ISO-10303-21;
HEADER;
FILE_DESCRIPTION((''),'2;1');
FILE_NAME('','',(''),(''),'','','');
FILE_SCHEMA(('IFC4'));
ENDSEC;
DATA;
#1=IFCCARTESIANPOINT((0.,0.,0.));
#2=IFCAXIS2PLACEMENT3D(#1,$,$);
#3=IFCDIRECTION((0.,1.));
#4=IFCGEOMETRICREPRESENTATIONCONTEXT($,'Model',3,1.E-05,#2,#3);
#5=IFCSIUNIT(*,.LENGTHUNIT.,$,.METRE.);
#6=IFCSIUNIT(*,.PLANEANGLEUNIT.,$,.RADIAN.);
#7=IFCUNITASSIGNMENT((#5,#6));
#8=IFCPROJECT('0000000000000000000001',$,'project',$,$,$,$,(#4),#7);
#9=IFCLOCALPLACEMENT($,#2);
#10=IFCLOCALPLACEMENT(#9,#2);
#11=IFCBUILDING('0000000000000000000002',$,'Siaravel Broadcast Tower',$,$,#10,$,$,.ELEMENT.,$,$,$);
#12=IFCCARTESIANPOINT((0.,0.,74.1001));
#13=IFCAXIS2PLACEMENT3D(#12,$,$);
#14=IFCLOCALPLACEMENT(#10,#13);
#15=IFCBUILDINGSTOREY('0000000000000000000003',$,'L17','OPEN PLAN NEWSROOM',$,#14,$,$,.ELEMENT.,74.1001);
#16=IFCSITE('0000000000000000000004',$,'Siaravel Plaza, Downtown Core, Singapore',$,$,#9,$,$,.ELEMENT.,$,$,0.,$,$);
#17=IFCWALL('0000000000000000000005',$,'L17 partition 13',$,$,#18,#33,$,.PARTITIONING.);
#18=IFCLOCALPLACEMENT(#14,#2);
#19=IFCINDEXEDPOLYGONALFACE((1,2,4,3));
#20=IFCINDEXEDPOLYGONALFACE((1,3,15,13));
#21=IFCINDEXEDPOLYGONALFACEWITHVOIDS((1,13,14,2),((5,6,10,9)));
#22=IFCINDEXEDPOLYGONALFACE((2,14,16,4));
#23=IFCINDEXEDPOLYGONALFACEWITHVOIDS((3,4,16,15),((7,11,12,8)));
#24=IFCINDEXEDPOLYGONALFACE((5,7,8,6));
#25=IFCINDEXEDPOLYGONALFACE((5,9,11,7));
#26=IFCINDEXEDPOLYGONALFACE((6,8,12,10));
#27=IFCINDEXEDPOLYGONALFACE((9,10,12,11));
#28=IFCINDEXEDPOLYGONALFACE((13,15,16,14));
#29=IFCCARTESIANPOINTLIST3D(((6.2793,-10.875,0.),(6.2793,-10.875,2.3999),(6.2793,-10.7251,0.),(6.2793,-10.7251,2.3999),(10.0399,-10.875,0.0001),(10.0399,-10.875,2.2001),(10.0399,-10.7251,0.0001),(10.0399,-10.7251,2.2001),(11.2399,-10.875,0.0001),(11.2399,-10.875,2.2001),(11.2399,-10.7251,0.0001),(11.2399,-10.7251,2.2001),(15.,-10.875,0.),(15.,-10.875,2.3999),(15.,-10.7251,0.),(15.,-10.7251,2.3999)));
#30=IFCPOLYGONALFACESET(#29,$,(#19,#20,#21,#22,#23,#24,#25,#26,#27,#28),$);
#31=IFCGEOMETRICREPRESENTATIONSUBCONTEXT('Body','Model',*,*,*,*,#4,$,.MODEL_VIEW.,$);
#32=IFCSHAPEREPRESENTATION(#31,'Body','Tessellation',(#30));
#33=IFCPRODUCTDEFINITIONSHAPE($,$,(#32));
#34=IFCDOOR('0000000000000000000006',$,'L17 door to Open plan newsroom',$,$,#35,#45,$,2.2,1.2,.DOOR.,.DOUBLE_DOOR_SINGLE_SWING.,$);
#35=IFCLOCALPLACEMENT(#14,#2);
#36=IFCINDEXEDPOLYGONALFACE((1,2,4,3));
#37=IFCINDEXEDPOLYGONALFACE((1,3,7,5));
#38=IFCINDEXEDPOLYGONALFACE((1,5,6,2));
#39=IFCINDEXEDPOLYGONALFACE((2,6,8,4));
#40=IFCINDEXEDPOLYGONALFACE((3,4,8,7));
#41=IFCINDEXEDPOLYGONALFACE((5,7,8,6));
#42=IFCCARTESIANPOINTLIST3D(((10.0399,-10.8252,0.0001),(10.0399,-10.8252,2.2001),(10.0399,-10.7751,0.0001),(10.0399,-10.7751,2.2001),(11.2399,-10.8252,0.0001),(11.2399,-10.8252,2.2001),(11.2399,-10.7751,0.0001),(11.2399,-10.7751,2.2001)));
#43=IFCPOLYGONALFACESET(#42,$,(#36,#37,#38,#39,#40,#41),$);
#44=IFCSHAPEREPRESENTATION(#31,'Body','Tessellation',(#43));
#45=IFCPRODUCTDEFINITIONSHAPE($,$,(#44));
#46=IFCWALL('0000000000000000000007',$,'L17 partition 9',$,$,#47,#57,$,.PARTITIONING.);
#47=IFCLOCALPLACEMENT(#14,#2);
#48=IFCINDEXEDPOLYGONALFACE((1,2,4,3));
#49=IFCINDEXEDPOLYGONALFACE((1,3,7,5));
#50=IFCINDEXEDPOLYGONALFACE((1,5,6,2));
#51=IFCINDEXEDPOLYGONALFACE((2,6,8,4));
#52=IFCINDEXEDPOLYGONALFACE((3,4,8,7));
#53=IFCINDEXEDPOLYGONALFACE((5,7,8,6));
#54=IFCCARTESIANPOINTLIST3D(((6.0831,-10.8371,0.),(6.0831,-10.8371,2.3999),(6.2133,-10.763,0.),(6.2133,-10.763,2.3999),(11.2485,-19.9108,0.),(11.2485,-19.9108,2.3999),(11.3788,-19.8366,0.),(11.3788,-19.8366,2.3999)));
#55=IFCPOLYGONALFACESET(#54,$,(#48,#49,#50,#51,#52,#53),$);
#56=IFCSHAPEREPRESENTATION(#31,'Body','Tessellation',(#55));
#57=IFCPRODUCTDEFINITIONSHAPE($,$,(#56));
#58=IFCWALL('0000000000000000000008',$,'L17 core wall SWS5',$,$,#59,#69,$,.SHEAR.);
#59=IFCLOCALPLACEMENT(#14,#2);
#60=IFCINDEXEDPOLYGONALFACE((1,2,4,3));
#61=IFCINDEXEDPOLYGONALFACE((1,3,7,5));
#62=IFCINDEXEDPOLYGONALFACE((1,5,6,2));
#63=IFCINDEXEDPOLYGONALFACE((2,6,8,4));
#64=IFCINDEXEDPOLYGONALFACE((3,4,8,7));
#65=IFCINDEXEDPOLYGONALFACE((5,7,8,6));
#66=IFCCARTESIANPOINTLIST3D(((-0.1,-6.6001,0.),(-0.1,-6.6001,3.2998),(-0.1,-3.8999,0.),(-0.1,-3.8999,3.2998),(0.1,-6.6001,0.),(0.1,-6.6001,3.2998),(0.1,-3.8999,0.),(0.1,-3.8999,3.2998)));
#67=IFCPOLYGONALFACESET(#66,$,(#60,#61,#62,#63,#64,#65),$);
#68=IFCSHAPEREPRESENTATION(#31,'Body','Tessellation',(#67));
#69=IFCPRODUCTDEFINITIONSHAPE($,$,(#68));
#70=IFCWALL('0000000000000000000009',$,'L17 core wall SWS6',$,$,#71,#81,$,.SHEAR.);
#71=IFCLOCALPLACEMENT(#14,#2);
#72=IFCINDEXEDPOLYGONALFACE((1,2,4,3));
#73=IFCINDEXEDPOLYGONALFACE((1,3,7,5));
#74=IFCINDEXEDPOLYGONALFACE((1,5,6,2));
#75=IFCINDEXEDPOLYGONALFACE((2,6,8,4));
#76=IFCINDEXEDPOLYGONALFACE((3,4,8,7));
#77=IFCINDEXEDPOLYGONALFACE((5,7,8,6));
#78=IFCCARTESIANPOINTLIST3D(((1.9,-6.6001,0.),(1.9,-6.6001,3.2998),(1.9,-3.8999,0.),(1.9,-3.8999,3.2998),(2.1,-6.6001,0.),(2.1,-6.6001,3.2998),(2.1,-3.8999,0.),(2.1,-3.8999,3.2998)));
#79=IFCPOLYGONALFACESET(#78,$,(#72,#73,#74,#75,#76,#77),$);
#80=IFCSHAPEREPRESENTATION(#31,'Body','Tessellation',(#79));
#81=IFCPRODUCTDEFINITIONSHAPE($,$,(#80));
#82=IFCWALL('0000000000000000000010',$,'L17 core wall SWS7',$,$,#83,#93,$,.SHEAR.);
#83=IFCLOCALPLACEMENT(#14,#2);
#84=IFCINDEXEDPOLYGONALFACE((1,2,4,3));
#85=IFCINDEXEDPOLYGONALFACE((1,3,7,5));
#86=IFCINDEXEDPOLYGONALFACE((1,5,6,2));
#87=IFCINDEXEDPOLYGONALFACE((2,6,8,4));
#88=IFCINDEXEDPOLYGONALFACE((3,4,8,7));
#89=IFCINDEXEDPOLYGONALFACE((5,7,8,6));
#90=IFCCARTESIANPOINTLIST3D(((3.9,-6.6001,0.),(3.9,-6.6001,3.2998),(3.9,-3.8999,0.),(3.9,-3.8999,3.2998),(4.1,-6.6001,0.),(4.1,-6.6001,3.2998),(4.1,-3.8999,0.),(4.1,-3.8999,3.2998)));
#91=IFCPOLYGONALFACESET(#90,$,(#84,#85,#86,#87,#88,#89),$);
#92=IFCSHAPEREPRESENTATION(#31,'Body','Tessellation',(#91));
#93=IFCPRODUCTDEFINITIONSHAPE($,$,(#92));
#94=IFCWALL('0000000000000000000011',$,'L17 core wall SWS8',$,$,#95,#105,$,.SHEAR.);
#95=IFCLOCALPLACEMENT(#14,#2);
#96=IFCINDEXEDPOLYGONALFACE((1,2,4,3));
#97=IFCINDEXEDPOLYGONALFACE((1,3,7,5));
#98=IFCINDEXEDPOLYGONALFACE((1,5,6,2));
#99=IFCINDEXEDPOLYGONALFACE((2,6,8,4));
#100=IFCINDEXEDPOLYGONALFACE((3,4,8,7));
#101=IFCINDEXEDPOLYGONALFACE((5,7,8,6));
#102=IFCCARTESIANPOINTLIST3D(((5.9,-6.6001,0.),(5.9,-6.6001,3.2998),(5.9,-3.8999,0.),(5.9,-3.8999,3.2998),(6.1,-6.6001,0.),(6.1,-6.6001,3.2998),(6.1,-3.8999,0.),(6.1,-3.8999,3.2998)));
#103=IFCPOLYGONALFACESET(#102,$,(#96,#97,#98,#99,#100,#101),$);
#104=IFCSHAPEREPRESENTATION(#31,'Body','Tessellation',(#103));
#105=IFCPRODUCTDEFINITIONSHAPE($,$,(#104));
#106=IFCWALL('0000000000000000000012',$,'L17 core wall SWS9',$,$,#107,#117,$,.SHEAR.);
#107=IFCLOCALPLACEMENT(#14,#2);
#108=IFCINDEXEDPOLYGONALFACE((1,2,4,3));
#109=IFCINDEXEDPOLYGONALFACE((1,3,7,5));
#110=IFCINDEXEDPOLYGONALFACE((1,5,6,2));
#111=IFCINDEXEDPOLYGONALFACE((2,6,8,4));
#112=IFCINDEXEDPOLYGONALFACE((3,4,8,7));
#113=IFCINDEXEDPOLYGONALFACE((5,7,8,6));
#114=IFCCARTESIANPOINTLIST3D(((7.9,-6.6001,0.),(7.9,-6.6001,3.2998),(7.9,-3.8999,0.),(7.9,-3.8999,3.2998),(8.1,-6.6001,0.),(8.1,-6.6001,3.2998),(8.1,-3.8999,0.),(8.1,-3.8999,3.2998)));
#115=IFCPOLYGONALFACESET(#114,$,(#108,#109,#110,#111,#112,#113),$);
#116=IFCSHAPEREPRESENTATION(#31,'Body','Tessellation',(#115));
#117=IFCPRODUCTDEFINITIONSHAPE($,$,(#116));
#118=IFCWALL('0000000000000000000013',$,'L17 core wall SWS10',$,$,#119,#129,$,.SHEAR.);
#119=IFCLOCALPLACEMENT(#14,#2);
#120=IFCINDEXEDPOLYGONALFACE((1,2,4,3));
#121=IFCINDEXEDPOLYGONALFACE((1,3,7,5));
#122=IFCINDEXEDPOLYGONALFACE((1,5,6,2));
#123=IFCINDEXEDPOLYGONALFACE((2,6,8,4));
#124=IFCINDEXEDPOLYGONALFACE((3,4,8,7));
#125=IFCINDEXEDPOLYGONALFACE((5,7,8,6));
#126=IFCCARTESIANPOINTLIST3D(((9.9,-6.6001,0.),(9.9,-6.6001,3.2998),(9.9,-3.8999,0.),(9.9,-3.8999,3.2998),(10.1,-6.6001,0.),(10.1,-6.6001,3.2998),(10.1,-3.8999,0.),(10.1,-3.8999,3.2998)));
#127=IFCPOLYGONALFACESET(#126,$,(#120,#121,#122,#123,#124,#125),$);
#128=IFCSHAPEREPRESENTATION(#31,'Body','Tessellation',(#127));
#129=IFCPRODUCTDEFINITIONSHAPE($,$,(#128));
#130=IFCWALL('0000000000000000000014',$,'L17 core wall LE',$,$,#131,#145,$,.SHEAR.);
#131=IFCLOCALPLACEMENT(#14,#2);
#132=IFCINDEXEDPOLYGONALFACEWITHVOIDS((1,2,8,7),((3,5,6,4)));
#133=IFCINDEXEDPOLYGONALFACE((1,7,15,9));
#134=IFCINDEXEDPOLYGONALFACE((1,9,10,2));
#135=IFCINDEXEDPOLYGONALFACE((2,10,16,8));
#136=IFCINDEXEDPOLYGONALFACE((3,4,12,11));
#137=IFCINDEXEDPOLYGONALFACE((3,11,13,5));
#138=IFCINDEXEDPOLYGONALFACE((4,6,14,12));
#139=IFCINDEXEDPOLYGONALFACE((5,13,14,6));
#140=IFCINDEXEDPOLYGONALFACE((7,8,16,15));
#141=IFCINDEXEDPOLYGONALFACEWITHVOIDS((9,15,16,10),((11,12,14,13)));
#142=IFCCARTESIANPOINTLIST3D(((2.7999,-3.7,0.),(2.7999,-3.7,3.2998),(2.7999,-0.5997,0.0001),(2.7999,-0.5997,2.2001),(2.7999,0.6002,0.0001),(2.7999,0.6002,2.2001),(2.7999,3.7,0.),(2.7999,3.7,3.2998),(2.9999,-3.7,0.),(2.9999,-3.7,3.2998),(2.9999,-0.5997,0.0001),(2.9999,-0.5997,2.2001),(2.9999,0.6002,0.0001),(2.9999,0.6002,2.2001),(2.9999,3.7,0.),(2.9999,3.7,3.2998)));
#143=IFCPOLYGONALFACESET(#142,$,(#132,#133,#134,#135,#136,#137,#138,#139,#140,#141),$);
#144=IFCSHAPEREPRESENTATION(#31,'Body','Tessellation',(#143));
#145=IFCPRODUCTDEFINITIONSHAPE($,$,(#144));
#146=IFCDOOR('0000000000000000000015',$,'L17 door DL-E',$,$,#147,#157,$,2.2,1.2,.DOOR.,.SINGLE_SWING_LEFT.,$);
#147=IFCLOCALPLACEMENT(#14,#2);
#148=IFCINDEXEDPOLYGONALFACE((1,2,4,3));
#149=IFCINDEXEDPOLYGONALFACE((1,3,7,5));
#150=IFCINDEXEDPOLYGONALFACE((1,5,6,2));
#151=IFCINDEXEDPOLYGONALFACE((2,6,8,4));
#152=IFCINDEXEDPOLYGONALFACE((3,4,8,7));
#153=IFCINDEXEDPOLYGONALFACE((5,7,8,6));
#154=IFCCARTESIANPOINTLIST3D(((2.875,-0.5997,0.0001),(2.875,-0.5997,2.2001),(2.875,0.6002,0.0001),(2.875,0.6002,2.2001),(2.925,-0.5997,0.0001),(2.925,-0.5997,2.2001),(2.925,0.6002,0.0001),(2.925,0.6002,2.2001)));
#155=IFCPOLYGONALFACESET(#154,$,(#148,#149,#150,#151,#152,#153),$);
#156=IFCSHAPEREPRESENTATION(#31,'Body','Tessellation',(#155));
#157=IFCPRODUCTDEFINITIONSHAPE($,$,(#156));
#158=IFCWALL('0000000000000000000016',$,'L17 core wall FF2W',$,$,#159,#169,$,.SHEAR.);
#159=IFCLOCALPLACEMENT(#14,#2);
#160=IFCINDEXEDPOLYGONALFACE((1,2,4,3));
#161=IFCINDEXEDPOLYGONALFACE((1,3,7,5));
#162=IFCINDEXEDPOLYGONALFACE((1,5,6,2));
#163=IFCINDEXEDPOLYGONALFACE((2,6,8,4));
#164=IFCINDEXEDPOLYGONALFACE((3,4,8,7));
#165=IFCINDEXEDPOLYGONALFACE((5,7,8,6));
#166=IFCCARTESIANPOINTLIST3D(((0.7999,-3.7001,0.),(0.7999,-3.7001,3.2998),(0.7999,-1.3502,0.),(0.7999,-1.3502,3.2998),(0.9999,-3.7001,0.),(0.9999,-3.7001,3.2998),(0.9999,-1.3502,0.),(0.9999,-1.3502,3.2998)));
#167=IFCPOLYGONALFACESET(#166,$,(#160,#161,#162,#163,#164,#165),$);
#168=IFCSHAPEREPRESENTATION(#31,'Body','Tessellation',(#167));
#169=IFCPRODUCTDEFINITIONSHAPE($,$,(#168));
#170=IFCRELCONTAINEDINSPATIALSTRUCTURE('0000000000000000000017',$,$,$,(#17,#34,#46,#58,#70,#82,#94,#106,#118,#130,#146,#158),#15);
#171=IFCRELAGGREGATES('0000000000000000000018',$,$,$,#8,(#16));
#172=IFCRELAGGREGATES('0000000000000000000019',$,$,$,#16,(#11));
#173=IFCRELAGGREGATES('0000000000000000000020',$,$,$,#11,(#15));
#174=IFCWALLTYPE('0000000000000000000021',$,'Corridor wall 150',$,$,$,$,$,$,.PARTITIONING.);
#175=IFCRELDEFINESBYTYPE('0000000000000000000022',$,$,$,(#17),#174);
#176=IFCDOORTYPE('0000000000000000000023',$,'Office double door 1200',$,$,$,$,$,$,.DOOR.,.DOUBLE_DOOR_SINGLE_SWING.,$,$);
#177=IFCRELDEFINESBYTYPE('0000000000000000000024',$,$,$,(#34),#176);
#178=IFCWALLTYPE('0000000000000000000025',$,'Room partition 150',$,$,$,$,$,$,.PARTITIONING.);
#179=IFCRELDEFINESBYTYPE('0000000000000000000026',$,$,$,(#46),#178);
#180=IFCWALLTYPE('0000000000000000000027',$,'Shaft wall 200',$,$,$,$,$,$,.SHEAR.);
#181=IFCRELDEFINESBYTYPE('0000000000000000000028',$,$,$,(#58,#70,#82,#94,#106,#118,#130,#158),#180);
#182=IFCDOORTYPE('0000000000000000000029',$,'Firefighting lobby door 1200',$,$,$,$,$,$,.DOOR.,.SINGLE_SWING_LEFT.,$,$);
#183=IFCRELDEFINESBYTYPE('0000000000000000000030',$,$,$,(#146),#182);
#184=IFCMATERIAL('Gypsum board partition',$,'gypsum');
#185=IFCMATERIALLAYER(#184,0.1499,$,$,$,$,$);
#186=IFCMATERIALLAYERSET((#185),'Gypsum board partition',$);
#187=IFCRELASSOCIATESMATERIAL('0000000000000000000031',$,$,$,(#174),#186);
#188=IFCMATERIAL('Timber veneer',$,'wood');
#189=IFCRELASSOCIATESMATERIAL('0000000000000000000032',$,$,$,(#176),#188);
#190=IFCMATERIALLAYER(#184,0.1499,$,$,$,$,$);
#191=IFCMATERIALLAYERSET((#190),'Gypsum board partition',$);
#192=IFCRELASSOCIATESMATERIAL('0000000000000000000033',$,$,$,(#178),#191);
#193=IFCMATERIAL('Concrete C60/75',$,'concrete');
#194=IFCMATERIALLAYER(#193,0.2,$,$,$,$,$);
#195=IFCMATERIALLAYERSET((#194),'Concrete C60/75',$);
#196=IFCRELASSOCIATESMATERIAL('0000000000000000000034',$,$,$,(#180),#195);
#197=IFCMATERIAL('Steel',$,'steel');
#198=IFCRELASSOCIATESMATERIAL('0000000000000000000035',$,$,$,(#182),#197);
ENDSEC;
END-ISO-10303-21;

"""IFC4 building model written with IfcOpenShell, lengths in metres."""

from ifc_helpers import new_model, si_unit, direction, frame, frame_2d, origin, place, context, subcontext, project, spatial, rectangle, extrude, material, layer, layer_set, type_object, element, fill, save


model = new_model("IFC4")

# Units and contexts
model_context = context("Model", 3, precision=1e-05, world=origin(), true_north=direction((0.0, 1.0)))
body_context = subcontext(model_context, "Body", "Model", "MODEL_VIEW")
ifc_project = project(units=[si_unit("LENGTHUNIT", "METRE"), si_unit("PLANEANGLEUNIT", "RADIAN")], contexts=[model_context])

# Site, building, storey
site_placement = place(None, origin())
site = spatial("IfcSite", under=ifc_project, at=site_placement, Name="Siaravel Plaza, Downtown Core, Singapore", CompositionType="ELEMENT", RefElevation=0.0)
building_placement = place(site_placement, origin())
building = spatial("IfcBuilding", under=site, at=building_placement, Name="Siaravel Broadcast Tower", CompositionType="ELEMENT")
storey_placement = place(building_placement, frame((0.0, 0.0, 74.1001)))
storey = spatial("IfcBuildingStorey", under=building, at=storey_placement, Name="L17", Description="OPEN PLAN NEWSROOM", CompositionType="ELEMENT", Elevation=74.1001)

# Shared definitions
ifc_material_1 = material(Name="Concrete C60/75", Category="concrete")
ifc_material_2 = material(Name="Steel", Category="steel")

# Shared definitions
ifc_material_3 = material(Name="Gypsum board partition", Category="gypsum")
ifc_layer_1 = layer(ifc_material_3, 0.1499)
ifc_layer_set_1 = layer_set([ifc_layer_1], Name="Gypsum board partition")
wall_type_1 = type_object("IfcWallType", Name="Corridor wall 150", PredefinedType="PARTITIONING", material=ifc_layer_set_1)
ifc_material_4 = material(Name="Timber veneer", Category="wood")

# Wall, opening, door
wall_1_placement = place(storey_placement, frame((6.2793, -10.8, 0.0), z_axis=(0.0, 0.0, 1.0), x_axis=(1.0, 0.0, 0.0)))
wall_1 = element("IfcWall", 1, at=wall_1_placement, inside=storey, type_object=wall_type_1, Name="L17 partition 13", PredefinedType="PARTITIONING", context=body_context, shape_type="SweptSolid", body=[
    extrude(rectangle(XDim=8.7207, YDim=0.1499, at=frame_2d((4.3604, 0.0))), origin(), (0.0, 0.0, 1.0), 2.3999),
])
opening_1_placement = place(wall_1_placement, frame((3.7605, 0.0, 0.0)))
opening_1 = element("IfcOpeningElement", 2, at=opening_1_placement, cuts=wall_1, PredefinedType="OPENING", context=body_context, shape_type="SweptSolid", body=[
    extrude(rectangle(XDim=1.2, YDim=2.2, at=frame_2d((0.6001, 1.1001))), frame((0.0, 0.085, 0.0), z_axis=(0.0, -1.0, 0.0), x_axis=(1.0, 0.0, 0.0)), (0.0, 0.0, 1.0), 0.1699),
])
door_type_1 = type_object("IfcDoorType", Name="Office double door 1200", OperationType="DOUBLE_DOOR_SINGLE_SWING", PredefinedType="DOOR", material=ifc_material_4)
door_1_placement = place(opening_1_placement, origin())
door_1 = element("IfcDoor", 3, at=door_1_placement, inside=storey, type_object=door_type_1, Name="L17 door to Open plan newsroom", OperationType="DOUBLE_DOOR_SINGLE_SWING", OverallHeight=2.2, OverallWidth=1.2, PredefinedType="DOOR", context=body_context, shape_type="SweptSolid", body=[
    extrude(rectangle(XDim=1.2, YDim=2.2, at=frame_2d((0.6001, 1.1001))), frame((0.0, 0.0249, 0.0), z_axis=(0.0, -1.0, 0.0), x_axis=(1.0, 0.0, 0.0)), (0.0, 0.0, 1.0), 0.05),
])
fill(opening_1, door_1)

# Walls
ifc_layer_2 = layer(ifc_material_3, 0.1499)
ifc_layer_set_2 = layer_set([ifc_layer_2], Name="Gypsum board partition")
wall_type_2 = type_object("IfcWallType", Name="Room partition 150", PredefinedType="PARTITIONING", material=ifc_layer_set_2)
wall_2_placement = place(storey_placement, frame((6.1482, -10.8, 0.0), z_axis=(0.0, 0.0, 1.0), x_axis=(0.494733, -0.869045, 0.0)))
element("IfcWall", 4, at=wall_2_placement, inside=storey, type_object=wall_type_2, Name="L17 partition 9", PredefinedType="PARTITIONING", context=body_context, shape_type="SweptSolid", body=[
    extrude(rectangle(XDim=10.4409, YDim=0.1499, at=frame_2d((5.2205, 0.0))), origin(), (0.0, 0.0, 1.0), 2.3999),
])
ifc_layer_3 = layer(ifc_material_1, 0.2)
ifc_layer_set_3 = layer_set([ifc_layer_3], Name="Concrete C60/75")
wall_type_3 = type_object("IfcWallType", Name="Shaft wall 200", PredefinedType="SHEAR", material=ifc_layer_set_3)
for number, where, z_axis, x_axis, name in (
    (5, (0.0, -6.6001, 0.0), (0.0, 0.0, 1.0), (0.0, 1.0, 0.0), "L17 core wall SWS5"),
    (6, (2.0, -6.6001, 0.0), (0.0, 0.0, 1.0), (0.0, 1.0, 0.0), "L17 core wall SWS6"),
    (7, (4.0, -6.6001, 0.0), (0.0, 0.0, 1.0), (0.0, 1.0, 0.0), "L17 core wall SWS7"),
    (8, (6.0, -6.6001, 0.0), (0.0, 0.0, 1.0), (0.0, 1.0, 0.0), "L17 core wall SWS8"),
    (9, (8.0, -6.6001, 0.0), (0.0, 0.0, 1.0), (0.0, 1.0, 0.0), "L17 core wall SWS9"),
    (10, (10.0, -6.6001, 0.0), (0.0, 0.0, 1.0), (0.0, 1.0, 0.0), "L17 core wall SWS10"),
):
    element("IfcWall", number, at=place(storey_placement, frame(where, z_axis=z_axis, x_axis=x_axis)), inside=storey, type_object=wall_type_3, Name=name, PredefinedType="SHEAR", context=body_context, shape_type="SweptSolid", body=[
        extrude(rectangle(XDim=2.7002, YDim=0.2, at=frame_2d((1.3501, 0.0))), origin(), (0.0, 0.0, 1.0), 3.2998),
    ])

# Wall, opening, door
wall_3_placement = place(storey_placement, frame((2.8999, -3.7, 0.0), z_axis=(0.0, 0.0, 1.0), x_axis=(0.0, 1.0, 0.0)))
wall_3 = element("IfcWall", 11, at=wall_3_placement, inside=storey, type_object=wall_type_3, Name="L17 core wall LE", PredefinedType="SHEAR", context=body_context, shape_type="SweptSolid", body=[
    extrude(rectangle(XDim=7.3999, YDim=0.2, at=frame_2d((3.7, 0.0))), origin(), (0.0, 0.0, 1.0), 3.2998),
])
opening_2_placement = place(wall_3_placement, frame((3.1001, 0.0, 0.0)))
opening_2 = element("IfcOpeningElement", 12, at=opening_2_placement, cuts=wall_3, PredefinedType="OPENING", context=body_context, shape_type="SweptSolid", body=[
    extrude(rectangle(XDim=1.2, YDim=2.2, at=frame_2d((0.6001, 1.1001))), frame((0.0, 0.1099, 0.0), z_axis=(0.0, -1.0, 0.0), x_axis=(1.0, 0.0, 0.0)), (0.0, 0.0, 1.0), 0.22),
])
door_type_2 = type_object("IfcDoorType", Name="Firefighting lobby door 1200", OperationType="SINGLE_SWING_LEFT", PredefinedType="DOOR", material=ifc_material_2)
door_2_placement = place(opening_2_placement, origin())
door_2 = element("IfcDoor", 13, at=door_2_placement, inside=storey, type_object=door_type_2, Name="L17 door DL-E", OperationType="SINGLE_SWING_LEFT", OverallHeight=2.2, OverallWidth=1.2, PredefinedType="DOOR", context=body_context, shape_type="SweptSolid", body=[
    extrude(rectangle(XDim=1.2, YDim=2.2, at=frame_2d((0.6001, 1.1001))), frame((0.0, 0.0249, 0.0), z_axis=(0.0, -1.0, 0.0), x_axis=(1.0, 0.0, 0.0)), (0.0, 0.0, 1.0), 0.05),
])
fill(opening_2, door_2)

# Wall
wall_4_placement = place(storey_placement, frame((0.8999, -3.7, 0.0), z_axis=(0.0, 0.0, 1.0), x_axis=(0.0, 1.0, 0.0)))
element("IfcWall", 14, at=wall_4_placement, inside=storey, type_object=wall_type_3, Name="L17 core wall FF2W", PredefinedType="SHEAR", context=body_context, shape_type="SweptSolid", body=[
    extrude(rectangle(XDim=2.3499, YDim=0.2, at=frame_2d((1.1748, 0.0))), origin(), (0.0, 0.0, 1.0), 3.2998),
])

save(model, "model.ifc")
